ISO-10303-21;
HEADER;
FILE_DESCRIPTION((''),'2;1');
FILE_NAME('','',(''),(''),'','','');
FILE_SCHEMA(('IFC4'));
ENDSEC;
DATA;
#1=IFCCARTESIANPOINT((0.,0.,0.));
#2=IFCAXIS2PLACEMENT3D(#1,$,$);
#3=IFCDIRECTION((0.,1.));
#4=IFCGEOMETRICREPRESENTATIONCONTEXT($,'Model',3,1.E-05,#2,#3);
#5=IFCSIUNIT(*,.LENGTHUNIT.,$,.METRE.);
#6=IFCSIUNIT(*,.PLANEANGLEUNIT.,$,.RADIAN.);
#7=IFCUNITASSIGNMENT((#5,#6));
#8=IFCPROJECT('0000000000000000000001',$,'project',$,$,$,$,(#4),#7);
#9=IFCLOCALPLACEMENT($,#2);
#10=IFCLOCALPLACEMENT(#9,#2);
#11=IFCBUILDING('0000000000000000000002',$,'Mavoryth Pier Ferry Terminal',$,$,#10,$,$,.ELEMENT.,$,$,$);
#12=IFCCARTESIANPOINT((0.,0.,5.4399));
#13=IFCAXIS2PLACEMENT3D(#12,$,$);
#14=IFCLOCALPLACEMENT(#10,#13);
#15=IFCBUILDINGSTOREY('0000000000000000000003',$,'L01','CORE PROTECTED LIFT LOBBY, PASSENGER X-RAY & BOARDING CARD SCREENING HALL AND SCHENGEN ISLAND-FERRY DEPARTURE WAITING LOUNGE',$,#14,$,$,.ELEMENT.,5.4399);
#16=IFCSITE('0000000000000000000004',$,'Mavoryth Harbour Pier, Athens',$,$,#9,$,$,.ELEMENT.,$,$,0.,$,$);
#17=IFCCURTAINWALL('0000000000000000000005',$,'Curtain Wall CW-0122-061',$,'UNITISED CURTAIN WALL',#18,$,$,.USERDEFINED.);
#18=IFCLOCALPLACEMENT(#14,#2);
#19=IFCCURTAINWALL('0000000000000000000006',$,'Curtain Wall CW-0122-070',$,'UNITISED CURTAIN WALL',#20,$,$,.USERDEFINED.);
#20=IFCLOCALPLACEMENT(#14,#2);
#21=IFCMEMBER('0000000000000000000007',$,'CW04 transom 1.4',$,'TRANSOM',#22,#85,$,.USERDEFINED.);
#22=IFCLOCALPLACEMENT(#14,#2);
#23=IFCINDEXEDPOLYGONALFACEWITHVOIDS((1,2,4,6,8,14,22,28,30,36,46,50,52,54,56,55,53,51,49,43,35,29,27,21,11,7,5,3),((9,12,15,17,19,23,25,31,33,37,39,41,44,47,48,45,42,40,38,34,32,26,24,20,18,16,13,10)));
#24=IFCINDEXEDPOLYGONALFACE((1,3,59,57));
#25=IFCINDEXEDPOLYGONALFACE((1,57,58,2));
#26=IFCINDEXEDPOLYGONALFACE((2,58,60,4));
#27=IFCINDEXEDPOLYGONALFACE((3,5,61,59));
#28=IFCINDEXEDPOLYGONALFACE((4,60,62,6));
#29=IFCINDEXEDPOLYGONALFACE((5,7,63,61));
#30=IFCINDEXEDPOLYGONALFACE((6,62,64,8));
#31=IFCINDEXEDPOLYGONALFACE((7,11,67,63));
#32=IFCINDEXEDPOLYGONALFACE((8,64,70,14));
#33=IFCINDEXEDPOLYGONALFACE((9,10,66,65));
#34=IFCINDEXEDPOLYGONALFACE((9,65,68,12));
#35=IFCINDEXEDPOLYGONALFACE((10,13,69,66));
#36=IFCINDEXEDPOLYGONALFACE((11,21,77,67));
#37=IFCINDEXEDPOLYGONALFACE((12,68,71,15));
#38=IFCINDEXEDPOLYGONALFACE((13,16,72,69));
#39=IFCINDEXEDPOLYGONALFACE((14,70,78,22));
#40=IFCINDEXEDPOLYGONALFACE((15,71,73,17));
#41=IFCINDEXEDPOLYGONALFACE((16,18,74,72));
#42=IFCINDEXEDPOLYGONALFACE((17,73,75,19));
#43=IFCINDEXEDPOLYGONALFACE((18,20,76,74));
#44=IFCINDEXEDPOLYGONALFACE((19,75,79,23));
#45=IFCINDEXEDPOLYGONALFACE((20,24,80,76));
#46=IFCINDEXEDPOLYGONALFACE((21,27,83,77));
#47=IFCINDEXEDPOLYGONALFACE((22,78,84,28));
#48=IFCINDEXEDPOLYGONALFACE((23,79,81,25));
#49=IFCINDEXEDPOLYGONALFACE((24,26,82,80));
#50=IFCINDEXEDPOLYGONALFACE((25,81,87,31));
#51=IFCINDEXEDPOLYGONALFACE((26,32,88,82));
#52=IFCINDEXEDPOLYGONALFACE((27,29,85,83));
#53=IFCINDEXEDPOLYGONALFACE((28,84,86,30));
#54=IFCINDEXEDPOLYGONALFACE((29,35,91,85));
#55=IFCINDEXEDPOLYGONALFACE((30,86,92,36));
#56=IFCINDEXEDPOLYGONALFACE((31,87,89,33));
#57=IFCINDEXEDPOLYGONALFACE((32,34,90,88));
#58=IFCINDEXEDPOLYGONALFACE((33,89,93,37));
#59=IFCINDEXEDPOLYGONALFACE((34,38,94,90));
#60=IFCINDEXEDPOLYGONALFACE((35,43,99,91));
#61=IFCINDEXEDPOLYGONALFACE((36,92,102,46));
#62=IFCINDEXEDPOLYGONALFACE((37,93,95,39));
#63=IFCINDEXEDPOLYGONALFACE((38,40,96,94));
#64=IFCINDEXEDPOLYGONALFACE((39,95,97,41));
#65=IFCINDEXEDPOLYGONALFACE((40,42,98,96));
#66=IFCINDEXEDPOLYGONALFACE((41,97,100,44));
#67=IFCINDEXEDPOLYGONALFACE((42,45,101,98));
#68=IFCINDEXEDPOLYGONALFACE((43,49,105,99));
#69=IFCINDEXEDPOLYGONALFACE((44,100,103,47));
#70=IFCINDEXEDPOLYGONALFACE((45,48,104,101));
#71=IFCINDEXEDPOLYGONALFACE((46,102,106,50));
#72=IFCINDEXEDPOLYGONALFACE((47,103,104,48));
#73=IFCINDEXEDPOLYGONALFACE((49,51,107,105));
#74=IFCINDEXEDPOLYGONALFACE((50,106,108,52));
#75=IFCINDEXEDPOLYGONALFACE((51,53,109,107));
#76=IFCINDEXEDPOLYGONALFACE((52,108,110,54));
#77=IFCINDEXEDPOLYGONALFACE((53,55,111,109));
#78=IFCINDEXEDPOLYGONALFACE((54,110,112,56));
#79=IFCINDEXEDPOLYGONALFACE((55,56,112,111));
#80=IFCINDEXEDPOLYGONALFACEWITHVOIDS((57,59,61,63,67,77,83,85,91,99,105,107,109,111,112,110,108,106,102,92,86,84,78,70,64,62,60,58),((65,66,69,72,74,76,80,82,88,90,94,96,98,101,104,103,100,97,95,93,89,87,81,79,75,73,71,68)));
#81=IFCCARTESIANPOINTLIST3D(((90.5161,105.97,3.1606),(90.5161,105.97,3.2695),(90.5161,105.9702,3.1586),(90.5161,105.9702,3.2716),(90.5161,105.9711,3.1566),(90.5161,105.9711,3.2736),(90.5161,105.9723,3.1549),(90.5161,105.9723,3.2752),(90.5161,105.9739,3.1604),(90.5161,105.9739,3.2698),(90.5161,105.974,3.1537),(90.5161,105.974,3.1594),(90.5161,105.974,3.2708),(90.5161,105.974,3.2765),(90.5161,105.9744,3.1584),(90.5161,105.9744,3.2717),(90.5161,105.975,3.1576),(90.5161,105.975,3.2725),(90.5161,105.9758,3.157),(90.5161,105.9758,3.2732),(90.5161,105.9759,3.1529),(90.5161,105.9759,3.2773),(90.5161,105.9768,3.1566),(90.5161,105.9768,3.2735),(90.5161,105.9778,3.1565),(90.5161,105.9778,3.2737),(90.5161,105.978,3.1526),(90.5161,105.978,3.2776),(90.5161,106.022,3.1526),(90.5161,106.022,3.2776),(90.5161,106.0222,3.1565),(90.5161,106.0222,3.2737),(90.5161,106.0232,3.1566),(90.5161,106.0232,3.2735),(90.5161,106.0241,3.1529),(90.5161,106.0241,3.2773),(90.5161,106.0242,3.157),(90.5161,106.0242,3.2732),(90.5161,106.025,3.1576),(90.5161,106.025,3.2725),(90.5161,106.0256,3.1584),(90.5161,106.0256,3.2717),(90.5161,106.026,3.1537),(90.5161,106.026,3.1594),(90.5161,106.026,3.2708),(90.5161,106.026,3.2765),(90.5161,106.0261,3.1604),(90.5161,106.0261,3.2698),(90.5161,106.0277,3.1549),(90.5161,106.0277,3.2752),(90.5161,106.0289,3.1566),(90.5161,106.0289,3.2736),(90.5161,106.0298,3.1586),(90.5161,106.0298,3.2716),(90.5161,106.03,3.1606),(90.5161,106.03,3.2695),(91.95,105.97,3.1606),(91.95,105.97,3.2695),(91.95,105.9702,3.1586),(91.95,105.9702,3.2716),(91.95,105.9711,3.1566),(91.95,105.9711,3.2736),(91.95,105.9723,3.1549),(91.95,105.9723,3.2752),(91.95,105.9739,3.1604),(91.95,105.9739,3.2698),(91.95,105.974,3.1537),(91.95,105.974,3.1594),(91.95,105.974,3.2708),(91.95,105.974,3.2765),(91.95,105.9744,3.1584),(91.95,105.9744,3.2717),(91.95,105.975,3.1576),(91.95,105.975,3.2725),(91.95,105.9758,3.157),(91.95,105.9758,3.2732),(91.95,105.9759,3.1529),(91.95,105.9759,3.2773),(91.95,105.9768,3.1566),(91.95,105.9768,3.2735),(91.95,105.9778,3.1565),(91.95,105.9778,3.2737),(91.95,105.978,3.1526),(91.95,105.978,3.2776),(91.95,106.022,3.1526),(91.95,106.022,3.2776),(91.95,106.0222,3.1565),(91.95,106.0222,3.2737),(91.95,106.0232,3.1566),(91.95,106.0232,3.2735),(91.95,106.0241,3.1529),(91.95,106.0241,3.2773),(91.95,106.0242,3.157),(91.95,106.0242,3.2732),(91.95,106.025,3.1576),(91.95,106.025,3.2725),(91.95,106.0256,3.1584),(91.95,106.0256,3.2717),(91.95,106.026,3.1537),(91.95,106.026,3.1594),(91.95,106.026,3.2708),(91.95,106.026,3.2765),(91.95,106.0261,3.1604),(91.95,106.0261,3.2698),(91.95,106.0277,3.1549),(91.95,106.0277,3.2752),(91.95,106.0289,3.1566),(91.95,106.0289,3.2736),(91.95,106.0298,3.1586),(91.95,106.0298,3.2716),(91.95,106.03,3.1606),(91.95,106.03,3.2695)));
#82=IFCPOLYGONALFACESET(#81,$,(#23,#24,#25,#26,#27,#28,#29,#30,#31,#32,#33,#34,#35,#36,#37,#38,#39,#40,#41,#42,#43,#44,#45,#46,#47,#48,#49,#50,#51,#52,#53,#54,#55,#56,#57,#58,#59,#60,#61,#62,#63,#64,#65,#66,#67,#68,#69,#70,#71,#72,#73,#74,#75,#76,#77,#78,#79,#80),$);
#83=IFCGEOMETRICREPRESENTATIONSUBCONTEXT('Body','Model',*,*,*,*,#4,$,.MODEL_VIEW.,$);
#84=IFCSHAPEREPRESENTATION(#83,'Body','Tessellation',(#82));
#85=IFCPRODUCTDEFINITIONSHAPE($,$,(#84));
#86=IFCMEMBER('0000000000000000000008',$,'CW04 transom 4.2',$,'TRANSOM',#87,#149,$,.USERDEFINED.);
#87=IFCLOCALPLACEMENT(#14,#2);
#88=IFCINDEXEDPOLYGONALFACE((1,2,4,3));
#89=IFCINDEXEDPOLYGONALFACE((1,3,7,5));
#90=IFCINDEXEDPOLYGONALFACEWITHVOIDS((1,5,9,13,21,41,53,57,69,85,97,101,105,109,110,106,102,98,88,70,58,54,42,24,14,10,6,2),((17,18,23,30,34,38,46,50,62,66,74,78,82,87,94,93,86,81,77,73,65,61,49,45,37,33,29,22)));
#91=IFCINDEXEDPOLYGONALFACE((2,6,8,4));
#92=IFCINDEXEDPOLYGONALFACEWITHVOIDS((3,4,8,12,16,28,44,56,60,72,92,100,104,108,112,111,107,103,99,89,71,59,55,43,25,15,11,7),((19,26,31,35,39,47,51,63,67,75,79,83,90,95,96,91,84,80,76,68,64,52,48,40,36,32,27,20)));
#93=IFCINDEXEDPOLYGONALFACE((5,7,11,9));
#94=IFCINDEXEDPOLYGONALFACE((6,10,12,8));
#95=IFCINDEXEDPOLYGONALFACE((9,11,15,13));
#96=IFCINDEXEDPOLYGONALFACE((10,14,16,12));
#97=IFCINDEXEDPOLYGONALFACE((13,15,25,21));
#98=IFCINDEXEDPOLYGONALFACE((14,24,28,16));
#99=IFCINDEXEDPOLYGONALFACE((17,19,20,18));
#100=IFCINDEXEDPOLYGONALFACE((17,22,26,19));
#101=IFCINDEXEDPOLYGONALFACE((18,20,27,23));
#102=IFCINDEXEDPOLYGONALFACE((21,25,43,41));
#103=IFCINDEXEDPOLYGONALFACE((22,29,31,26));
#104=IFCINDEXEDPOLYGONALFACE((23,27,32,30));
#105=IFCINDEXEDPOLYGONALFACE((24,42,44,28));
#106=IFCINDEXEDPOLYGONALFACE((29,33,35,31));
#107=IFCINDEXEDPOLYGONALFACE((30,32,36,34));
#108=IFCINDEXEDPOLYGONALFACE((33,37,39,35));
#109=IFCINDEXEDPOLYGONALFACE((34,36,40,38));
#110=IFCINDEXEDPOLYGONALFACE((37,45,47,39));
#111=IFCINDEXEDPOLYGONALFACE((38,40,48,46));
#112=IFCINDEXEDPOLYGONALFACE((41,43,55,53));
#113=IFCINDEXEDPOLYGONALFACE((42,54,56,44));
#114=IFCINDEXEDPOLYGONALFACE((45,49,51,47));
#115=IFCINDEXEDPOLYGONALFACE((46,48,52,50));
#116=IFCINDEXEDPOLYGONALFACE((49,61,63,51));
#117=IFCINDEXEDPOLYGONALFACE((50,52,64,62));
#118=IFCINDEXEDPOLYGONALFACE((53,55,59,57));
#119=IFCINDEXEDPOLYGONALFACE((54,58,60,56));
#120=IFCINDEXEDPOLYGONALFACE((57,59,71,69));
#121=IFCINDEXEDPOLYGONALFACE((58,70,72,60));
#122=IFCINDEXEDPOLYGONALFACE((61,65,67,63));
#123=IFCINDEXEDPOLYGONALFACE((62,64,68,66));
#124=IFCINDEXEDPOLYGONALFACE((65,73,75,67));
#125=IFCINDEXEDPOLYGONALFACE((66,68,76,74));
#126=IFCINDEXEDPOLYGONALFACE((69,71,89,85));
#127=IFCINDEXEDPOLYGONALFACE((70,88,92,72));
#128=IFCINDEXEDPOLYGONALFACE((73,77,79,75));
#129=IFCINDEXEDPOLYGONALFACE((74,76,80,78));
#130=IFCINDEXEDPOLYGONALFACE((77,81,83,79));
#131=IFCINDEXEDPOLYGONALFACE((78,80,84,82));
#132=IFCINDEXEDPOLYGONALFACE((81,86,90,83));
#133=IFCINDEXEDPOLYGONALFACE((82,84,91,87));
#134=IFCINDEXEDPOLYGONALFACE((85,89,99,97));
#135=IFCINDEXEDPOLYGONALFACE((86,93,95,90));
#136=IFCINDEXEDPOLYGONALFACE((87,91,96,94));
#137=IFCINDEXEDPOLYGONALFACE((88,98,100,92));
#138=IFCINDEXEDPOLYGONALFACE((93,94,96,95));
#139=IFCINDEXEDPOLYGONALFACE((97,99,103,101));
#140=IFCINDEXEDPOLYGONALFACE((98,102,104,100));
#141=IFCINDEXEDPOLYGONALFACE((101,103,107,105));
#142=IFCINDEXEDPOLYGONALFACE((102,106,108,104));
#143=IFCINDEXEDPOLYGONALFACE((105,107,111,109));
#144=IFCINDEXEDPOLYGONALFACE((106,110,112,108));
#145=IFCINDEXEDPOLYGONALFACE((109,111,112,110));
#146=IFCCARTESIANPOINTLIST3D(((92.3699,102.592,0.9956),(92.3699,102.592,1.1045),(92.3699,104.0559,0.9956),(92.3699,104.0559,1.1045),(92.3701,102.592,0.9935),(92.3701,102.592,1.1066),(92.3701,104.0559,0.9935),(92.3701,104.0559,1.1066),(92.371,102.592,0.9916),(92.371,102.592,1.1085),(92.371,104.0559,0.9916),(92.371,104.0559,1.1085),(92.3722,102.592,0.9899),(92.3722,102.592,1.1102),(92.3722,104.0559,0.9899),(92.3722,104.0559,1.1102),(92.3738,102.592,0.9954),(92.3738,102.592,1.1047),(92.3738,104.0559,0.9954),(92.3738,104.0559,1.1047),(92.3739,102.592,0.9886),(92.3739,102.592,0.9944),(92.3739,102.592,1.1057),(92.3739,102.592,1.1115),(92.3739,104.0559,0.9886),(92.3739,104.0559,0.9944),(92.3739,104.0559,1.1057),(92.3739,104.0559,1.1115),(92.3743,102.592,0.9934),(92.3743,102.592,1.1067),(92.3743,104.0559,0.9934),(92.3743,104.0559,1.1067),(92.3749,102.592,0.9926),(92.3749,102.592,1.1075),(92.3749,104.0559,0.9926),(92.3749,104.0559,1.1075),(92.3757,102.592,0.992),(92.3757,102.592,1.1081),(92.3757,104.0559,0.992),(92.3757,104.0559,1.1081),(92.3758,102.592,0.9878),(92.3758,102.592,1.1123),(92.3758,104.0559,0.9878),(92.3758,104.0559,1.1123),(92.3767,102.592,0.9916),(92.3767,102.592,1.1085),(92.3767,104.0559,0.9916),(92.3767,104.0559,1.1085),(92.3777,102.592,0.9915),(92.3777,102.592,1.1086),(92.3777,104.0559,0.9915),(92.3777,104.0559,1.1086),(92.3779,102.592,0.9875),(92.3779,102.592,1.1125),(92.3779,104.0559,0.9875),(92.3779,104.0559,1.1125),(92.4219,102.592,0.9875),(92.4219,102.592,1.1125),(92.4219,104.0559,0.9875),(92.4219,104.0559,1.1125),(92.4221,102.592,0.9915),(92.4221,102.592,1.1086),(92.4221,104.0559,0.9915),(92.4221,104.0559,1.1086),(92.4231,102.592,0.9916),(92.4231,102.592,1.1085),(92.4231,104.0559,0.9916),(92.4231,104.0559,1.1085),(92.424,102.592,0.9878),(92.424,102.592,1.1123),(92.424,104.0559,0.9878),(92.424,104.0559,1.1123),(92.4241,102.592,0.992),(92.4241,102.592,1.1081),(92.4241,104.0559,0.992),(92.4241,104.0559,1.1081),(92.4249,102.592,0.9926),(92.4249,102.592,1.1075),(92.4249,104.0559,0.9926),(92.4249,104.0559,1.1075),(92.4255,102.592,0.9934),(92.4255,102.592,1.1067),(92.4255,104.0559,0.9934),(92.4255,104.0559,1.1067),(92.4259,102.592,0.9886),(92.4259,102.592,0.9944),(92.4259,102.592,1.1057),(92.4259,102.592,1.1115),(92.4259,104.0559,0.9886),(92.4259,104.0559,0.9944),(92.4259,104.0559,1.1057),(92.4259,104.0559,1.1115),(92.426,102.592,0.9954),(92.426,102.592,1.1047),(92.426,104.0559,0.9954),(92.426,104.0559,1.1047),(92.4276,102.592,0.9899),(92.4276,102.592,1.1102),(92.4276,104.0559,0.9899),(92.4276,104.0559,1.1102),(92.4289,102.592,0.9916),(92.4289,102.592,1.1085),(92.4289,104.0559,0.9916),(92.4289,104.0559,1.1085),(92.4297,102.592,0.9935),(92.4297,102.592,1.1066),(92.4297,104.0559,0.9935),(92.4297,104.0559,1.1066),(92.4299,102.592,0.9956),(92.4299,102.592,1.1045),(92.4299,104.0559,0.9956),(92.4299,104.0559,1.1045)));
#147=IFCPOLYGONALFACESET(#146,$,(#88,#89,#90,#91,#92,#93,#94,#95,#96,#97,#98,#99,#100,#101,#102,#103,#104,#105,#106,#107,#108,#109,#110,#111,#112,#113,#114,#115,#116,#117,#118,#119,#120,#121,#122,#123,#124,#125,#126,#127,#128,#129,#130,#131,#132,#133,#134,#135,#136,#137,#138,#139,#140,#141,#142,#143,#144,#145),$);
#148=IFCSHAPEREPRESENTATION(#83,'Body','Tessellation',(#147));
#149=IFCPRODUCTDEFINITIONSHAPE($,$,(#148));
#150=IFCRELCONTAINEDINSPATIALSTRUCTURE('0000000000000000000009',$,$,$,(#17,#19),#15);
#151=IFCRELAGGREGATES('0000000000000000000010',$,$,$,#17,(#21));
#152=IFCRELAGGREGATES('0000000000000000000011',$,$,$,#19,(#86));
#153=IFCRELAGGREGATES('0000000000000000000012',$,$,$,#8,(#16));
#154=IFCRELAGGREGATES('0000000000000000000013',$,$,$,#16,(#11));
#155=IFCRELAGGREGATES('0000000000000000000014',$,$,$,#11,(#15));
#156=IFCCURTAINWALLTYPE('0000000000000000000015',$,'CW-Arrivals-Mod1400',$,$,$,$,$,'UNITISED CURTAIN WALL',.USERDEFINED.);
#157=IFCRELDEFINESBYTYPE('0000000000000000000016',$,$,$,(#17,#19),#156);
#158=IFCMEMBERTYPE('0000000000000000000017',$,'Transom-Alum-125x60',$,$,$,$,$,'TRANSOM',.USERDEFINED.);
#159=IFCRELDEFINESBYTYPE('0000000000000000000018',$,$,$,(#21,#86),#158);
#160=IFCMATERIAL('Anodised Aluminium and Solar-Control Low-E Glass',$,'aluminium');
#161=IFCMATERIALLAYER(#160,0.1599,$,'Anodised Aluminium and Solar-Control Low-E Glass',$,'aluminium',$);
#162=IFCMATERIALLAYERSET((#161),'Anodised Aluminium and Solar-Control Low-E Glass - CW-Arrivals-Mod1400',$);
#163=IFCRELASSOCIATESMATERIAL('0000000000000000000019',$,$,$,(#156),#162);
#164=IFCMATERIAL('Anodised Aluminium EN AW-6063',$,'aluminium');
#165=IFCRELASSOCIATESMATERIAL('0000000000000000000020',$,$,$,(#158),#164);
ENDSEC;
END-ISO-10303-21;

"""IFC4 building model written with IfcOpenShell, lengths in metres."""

from ifc_helpers import new_model, si_unit, direction, frame, origin, origin_2d, place, context, subcontext, project, spatial, hollow_rectangle, extrude, material, layer, layer_set, material_profile, profile_set, type_object, element, aggregate, save


model = new_model("IFC4")

# Units and contexts
model_context = context("Model", 3, precision=1e-05, world=origin(), true_north=direction((0.0, 1.0)))
body_context = subcontext(model_context, "Body", "Model", "MODEL_VIEW")
ifc_project = project(units=[si_unit("LENGTHUNIT", "METRE"), si_unit("PLANEANGLEUNIT", "RADIAN")], contexts=[model_context])

# Site, building, storey
site_placement = place(None, origin())
site = spatial("IfcSite", under=ifc_project, at=site_placement, Name="Mavoryth Harbour Pier, Athens", CompositionType="ELEMENT", RefElevation=0.0)
building_placement = place(site_placement, origin())
building = spatial("IfcBuilding", under=site, at=building_placement, Name="Mavoryth Pier Ferry Terminal", CompositionType="ELEMENT")
storey_placement = place(building_placement, frame((0.0, 0.0, 5.4399)))
storey = spatial("IfcBuildingStorey", under=building, at=storey_placement, Name="L01", Description="CORE PROTECTED LIFT LOBBY, PASSENGER X-RAY & BOARDING CARD SCREENING HALL AND SCHENGEN ISLAND-FERRY DEPARTURE WAITING LOUNGE", CompositionType="ELEMENT", Elevation=5.4399)

# Curtain wall
ifc_material_1 = material(Name="Anodised Aluminium and Solar-Control Low-E Glass", Category="aluminium")
ifc_layer_1 = layer(ifc_material_1, 0.1599, Name="Anodised Aluminium and Solar-Control Low-E Glass", Category="aluminium")
ifc_layer_set_1 = layer_set([ifc_layer_1], Name="Anodised Aluminium and Solar-Control Low-E Glass - CW-Arrivals-Mod1400")
curtain_wall_type_1 = type_object("IfcCurtainWallType", Name="CW-Arrivals-Mod1400", ElementType="UNITISED CURTAIN WALL", PredefinedType="USERDEFINED", material=ifc_layer_set_1)
curtain_wall_1_placement = place(storey_placement, origin())
curtain_wall_1 = element("IfcCurtainWall", 1, at=curtain_wall_1_placement, inside=storey, type_object=curtain_wall_type_1, Name="Curtain Wall CW-0122-061", ObjectType="UNITISED CURTAIN WALL", PredefinedType="USERDEFINED")
ifc_material_2 = material(Name="Anodised Aluminium EN AW-6063", Category="aluminium")

# Curtain wall
curtain_wall_2_placement = place(storey_placement, origin())
curtain_wall_2 = element("IfcCurtainWall", 2, at=curtain_wall_2_placement, inside=storey, type_object=curtain_wall_type_1, Name="Curtain Wall CW-0122-070", ObjectType="UNITISED CURTAIN WALL", PredefinedType="USERDEFINED")

# Members
ifc_material_profile_1 = material_profile(ifc_material_2, hollow_rectangle(XDim=0.0601, YDim=0.125, WallThickness=0.0039, InnerFilletRadius=0.0039, OuterFilletRadius=0.0081, at=origin_2d()), Name="AL-TRAN 125x60x4", Category="aluminium")
ifc_profile_set_1 = profile_set([ifc_material_profile_1], Name="Anodised Aluminium EN AW-6063 - AL-TRAN 125x60x4")
member_type_1 = type_object("IfcMemberType", Name="Transom-Alum-125x60", ElementType="TRANSOM", PredefinedType="USERDEFINED", material=ifc_profile_set_1)
member_1_placement = place(storey_placement, frame((91.95, 106.0, 3.2151), z_axis=(-1.0, 0.0, 0.0), x_axis=(0.0, -1.0, 0.0)))
member_1 = element("IfcMember", 3, at=member_1_placement, type_object=member_type_1, Name="CW04 transom 1.4", ObjectType="TRANSOM", PredefinedType="USERDEFINED", context=body_context, shape_type="SweptSolid", body=[
    extrude(hollow_rectangle(XDim=0.0601, YDim=0.125, WallThickness=0.0039, InnerFilletRadius=0.0039, OuterFilletRadius=0.0081, at=origin_2d()), origin(), (0.0, 0.0, 1.0), 1.4338),
])
aggregate(curtain_wall_1, [member_1])
member_2_placement = place(storey_placement, frame((92.3999, 102.592, 1.05), z_axis=(0.0, 1.0, 0.0), x_axis=(-1.0, 0.0, 0.0)))
member_2 = element("IfcMember", 4, at=member_2_placement, type_object=member_type_1, Name="CW04 transom 4.2", ObjectType="TRANSOM", PredefinedType="USERDEFINED", context=body_context, shape_type="SweptSolid", body=[
    extrude(hollow_rectangle(XDim=0.0601, YDim=0.125, WallThickness=0.0039, InnerFilletRadius=0.0039, OuterFilletRadius=0.0081, at=origin_2d()), origin(), (0.0, 0.0, 1.0), 1.4639),
])

aggregate(curtain_wall_2, [member_2])

save(model, "model.ifc")
